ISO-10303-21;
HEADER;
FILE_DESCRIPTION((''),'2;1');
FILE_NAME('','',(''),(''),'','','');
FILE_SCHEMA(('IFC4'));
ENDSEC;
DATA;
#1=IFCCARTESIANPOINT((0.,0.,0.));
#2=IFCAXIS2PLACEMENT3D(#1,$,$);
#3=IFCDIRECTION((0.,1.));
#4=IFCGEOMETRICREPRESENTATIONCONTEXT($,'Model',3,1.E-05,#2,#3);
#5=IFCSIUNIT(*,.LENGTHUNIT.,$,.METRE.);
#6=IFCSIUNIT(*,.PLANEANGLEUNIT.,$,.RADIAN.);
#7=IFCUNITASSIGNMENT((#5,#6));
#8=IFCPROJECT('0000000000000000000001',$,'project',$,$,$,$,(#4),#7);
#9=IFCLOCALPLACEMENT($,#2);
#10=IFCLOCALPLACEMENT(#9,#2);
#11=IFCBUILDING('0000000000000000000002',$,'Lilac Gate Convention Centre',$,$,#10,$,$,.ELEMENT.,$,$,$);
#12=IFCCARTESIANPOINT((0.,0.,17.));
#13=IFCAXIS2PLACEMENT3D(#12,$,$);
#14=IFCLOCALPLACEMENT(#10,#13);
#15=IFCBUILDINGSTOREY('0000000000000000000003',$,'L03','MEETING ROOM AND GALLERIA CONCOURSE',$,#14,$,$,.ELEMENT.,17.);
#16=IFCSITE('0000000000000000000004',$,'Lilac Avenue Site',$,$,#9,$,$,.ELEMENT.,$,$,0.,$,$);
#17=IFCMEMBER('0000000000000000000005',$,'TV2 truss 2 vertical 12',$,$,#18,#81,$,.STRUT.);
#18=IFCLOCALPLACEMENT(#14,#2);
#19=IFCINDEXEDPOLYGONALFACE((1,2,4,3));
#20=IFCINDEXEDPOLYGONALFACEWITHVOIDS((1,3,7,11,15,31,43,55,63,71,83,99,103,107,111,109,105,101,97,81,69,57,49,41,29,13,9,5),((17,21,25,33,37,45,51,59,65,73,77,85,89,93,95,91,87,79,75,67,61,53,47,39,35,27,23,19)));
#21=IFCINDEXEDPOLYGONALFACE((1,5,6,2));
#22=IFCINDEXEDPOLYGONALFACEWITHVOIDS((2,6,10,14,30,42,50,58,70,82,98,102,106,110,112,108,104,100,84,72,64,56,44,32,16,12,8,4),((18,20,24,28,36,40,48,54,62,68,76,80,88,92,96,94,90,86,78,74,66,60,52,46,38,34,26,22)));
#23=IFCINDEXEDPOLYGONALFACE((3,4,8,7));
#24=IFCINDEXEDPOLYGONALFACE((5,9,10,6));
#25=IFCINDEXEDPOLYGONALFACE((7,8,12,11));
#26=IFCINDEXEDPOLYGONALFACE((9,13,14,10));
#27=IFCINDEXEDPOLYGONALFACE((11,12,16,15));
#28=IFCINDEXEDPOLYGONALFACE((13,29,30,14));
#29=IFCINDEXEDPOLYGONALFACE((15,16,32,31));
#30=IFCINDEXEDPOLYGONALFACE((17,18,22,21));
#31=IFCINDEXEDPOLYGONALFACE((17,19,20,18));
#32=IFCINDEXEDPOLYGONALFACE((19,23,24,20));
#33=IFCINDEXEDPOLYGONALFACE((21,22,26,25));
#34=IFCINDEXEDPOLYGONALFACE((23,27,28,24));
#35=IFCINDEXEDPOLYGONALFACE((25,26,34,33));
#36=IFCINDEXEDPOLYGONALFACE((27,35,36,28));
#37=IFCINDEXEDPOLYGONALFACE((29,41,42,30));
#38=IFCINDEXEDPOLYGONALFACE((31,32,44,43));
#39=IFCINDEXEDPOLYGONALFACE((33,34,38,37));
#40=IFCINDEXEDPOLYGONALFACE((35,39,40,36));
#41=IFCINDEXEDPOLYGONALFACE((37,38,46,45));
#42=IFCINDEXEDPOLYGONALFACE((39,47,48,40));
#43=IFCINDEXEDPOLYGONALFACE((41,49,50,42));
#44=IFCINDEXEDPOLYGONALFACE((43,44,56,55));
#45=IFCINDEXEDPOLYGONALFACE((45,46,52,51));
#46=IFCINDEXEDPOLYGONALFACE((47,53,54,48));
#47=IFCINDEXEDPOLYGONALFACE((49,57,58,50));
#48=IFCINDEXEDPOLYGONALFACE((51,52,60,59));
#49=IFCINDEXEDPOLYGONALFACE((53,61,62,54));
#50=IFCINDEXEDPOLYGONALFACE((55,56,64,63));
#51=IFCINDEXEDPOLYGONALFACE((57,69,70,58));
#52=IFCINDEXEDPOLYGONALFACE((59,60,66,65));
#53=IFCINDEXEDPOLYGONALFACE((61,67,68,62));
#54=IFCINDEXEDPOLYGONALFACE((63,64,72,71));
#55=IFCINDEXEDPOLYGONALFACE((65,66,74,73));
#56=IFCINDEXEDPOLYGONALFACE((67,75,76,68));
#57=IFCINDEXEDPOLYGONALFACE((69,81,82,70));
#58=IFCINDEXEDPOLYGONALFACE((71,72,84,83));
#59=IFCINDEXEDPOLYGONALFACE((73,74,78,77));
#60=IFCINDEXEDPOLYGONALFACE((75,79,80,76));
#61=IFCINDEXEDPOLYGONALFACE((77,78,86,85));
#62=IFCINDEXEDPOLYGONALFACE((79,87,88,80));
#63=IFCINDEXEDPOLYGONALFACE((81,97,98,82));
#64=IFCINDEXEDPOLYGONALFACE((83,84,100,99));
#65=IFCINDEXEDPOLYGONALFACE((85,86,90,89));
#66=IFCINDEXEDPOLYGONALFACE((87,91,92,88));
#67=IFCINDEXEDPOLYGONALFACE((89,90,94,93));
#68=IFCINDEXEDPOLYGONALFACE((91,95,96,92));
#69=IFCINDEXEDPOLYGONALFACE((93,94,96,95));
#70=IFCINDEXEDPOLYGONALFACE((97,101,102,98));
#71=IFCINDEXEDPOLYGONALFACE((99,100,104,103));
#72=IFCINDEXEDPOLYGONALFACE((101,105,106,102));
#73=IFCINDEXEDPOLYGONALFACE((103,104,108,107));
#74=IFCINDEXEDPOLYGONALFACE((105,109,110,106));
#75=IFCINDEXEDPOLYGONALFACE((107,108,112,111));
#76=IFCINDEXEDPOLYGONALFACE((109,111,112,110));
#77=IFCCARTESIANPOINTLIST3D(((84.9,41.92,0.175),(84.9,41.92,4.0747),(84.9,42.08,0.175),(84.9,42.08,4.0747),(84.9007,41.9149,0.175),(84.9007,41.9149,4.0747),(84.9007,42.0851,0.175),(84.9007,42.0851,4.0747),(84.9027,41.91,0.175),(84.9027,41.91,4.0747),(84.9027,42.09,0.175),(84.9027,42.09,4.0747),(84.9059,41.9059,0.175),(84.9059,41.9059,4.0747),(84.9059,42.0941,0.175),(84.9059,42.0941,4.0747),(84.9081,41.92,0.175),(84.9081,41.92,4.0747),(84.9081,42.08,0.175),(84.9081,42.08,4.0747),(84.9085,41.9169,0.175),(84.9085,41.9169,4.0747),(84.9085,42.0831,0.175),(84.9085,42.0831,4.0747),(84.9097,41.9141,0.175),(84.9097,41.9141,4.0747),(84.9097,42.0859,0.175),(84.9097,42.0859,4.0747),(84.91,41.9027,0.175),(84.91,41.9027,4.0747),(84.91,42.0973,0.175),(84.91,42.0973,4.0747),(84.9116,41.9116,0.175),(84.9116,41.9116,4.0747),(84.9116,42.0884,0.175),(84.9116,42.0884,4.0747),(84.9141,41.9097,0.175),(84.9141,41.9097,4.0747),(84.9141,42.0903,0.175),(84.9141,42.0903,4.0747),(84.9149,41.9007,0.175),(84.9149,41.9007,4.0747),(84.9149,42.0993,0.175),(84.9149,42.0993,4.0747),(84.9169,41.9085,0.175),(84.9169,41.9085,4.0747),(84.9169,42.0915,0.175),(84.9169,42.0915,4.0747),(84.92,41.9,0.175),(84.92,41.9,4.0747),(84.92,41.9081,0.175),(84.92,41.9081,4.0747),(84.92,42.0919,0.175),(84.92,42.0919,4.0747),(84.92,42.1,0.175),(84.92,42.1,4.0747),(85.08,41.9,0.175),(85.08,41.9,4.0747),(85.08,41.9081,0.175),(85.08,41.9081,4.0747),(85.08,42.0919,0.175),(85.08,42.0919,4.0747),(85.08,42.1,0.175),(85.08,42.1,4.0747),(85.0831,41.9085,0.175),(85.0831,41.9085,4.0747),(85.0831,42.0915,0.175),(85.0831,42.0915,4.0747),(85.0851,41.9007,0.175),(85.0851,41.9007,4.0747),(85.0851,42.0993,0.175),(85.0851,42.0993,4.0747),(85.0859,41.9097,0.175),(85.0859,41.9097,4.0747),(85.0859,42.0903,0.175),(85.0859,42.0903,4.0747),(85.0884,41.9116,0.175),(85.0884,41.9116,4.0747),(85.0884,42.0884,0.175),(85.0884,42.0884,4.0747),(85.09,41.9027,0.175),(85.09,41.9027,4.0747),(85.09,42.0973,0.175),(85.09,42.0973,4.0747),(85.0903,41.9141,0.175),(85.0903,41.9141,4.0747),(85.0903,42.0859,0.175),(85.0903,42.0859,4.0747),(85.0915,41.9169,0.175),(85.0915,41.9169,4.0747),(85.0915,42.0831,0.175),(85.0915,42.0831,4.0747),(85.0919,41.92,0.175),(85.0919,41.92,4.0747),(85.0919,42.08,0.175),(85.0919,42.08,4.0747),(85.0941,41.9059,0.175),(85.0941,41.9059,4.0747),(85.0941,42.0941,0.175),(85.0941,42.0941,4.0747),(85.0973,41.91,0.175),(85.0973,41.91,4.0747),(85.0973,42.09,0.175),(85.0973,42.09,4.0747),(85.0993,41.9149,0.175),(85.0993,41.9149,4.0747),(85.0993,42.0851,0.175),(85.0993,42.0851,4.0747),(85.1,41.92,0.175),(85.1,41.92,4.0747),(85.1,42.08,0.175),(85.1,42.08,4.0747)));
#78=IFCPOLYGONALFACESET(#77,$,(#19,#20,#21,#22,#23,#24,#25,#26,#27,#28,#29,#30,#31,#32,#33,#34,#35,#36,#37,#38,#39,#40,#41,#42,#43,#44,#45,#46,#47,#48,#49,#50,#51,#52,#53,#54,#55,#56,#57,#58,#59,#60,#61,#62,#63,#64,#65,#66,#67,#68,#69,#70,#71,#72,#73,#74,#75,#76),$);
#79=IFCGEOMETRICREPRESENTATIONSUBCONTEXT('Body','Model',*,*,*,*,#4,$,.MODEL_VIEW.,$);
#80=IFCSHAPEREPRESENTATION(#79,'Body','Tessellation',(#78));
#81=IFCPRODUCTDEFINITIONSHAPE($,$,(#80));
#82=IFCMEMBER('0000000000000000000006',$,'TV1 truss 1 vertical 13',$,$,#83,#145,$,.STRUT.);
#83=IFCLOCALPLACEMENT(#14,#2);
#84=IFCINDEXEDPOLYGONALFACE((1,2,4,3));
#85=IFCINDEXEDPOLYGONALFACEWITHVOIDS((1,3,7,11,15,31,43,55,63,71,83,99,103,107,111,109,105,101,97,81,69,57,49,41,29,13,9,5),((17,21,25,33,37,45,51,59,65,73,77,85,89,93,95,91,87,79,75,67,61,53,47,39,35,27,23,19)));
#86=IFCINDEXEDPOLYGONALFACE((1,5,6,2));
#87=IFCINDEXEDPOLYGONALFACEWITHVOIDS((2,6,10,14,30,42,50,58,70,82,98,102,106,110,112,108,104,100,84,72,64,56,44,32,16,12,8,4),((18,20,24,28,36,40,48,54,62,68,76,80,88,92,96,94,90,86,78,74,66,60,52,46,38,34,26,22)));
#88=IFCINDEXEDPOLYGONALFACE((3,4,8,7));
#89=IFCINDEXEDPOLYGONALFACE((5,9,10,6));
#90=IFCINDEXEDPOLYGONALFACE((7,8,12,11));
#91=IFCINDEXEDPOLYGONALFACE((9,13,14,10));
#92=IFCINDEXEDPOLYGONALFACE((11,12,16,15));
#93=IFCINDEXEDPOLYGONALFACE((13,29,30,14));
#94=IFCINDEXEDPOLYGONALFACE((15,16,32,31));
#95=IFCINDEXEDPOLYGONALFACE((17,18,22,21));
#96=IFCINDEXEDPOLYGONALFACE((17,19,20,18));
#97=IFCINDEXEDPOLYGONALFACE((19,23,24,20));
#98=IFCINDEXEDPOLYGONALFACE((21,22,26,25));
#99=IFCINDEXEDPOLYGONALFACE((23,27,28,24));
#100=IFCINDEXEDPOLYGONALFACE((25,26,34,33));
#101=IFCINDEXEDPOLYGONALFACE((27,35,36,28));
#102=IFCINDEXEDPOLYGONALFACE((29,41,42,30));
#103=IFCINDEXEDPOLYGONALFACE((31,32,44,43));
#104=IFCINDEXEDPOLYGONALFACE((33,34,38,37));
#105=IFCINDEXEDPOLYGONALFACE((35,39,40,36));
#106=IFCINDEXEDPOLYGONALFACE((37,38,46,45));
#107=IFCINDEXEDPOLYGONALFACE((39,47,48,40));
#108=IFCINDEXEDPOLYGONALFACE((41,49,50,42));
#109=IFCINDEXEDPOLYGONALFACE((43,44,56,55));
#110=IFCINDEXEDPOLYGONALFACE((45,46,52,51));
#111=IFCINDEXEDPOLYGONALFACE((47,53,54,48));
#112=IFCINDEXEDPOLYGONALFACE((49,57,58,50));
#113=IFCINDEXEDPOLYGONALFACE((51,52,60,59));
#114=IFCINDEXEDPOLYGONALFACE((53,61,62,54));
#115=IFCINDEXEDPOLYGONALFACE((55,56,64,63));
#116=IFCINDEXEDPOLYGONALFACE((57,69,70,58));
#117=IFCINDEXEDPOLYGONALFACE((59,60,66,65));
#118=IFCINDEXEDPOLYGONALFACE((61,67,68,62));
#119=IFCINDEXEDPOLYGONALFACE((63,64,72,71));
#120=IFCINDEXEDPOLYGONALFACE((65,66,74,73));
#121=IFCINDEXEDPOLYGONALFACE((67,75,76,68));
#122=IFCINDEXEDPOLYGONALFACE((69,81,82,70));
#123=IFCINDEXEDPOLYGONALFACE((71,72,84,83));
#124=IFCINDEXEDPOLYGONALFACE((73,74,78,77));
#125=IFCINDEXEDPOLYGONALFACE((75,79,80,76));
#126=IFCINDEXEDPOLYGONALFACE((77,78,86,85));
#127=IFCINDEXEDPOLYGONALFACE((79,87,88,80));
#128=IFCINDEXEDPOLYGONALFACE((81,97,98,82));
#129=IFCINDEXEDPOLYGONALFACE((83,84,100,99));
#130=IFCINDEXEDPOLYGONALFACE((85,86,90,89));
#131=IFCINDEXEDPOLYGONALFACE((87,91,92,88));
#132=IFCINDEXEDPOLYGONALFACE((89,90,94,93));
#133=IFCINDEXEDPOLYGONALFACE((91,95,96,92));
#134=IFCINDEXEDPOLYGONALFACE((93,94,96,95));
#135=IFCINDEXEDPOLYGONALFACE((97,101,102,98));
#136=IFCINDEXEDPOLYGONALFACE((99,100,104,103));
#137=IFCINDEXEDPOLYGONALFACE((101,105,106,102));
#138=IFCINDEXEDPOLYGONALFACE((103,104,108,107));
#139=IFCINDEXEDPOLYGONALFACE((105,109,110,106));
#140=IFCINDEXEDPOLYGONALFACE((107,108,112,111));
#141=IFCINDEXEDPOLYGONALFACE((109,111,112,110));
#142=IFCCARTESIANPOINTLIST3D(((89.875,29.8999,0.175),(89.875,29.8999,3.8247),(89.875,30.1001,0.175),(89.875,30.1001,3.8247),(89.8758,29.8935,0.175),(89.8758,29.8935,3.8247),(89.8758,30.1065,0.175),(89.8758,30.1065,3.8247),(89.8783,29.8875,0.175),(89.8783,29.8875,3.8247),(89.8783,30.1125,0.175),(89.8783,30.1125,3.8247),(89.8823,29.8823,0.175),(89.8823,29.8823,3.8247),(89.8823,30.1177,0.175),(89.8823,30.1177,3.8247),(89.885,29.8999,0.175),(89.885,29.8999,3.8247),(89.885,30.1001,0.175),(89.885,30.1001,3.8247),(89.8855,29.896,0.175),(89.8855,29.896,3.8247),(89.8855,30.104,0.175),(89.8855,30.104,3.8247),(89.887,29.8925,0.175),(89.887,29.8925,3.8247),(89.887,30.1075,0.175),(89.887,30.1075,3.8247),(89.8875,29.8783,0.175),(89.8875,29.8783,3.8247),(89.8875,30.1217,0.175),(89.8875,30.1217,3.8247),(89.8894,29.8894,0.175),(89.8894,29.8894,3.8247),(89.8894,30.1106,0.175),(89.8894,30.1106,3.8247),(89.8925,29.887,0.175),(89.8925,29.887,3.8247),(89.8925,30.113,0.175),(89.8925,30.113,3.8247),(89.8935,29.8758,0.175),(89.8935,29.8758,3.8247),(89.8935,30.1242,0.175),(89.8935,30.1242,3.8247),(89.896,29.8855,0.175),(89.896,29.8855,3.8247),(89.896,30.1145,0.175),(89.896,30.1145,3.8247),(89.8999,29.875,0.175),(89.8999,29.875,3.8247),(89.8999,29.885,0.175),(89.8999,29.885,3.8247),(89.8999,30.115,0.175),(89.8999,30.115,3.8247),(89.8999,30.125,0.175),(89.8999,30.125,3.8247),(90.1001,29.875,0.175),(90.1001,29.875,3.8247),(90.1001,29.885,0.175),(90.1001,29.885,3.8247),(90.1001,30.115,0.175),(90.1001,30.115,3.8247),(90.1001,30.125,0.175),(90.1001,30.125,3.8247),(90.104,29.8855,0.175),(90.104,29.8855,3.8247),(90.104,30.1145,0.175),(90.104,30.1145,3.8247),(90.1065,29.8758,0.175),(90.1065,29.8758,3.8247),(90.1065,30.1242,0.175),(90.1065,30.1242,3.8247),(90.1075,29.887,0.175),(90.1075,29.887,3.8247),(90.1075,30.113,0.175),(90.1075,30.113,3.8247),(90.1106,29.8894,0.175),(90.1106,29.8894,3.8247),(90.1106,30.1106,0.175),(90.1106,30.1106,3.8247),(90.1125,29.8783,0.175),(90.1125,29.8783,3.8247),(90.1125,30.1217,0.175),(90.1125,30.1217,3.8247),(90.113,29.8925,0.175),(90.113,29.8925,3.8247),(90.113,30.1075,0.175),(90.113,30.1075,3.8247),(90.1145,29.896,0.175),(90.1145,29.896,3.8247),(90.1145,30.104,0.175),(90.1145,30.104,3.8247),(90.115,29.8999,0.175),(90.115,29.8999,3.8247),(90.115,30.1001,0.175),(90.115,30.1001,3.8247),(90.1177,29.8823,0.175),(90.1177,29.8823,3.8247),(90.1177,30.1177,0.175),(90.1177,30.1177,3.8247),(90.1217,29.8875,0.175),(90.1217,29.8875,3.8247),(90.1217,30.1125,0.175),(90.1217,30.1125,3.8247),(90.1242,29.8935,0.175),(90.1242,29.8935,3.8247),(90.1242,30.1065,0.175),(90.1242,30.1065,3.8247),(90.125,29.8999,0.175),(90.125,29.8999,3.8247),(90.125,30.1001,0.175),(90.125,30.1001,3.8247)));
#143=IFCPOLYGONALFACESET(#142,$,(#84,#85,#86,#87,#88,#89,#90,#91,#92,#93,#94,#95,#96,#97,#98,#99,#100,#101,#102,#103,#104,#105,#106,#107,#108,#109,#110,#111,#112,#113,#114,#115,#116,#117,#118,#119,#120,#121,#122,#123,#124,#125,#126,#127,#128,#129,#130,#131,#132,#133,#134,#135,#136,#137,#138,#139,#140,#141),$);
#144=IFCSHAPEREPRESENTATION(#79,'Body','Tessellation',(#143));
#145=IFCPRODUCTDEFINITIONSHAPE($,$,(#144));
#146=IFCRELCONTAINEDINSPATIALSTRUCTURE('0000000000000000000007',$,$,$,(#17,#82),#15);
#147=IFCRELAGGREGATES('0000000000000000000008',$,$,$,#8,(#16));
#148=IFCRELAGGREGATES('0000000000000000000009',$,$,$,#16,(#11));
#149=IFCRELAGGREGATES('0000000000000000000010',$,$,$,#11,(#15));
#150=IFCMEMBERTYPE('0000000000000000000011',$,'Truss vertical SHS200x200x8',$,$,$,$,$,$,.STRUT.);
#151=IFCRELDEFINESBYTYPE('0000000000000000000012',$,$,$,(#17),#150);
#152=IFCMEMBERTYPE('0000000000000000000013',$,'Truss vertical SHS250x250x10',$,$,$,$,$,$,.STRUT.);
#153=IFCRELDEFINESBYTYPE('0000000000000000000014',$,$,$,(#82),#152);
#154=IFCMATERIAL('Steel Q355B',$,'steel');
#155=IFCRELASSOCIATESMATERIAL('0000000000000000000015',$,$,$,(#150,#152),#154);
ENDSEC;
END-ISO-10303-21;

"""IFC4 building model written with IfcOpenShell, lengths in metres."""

from ifc_helpers import new_model, si_unit, direction, frame, origin, origin_2d, place, context, subcontext, project, spatial, hollow_rectangle, extrude, material, material_profile, profile_set, type_object, element, save


model = new_model("IFC4")

# Units and contexts
model_context = context("Model", 3, precision=1e-05, world=origin(), true_north=direction((0.0, 1.0)))
body_context = subcontext(model_context, "Body", "Model", "MODEL_VIEW")
ifc_project = project(units=[si_unit("LENGTHUNIT", "METRE"), si_unit("PLANEANGLEUNIT", "RADIAN")], contexts=[model_context])

# Site, building, storey
site_placement = place(None, origin())
site = spatial("IfcSite", under=ifc_project, at=site_placement, Name="Lilac Avenue Site", CompositionType="ELEMENT", RefElevation=0.0)
building_placement = place(site_placement, origin())
building = spatial("IfcBuilding", under=site, at=building_placement, Name="Lilac Gate Convention Centre", CompositionType="ELEMENT")
storey_placement = place(building_placement, frame((0.0, 0.0, 17.0)))
storey = spatial("IfcBuildingStorey", under=building, at=storey_placement, Name="L03", Description="MEETING ROOM AND GALLERIA CONCOURSE", CompositionType="ELEMENT", Elevation=17.0)

# Members
ifc_material_1 = material(Name="Steel Q355B", Category="steel")
ifc_material_profile_1 = material_profile(ifc_material_1, hollow_rectangle(XDim=0.2, YDim=0.2, WallThickness=0.0081, InnerFilletRadius=0.012, OuterFilletRadius=0.02, at=origin_2d()), Name="SHS200x200x8")
ifc_profile_set_1 = profile_set([ifc_material_profile_1], Name="Steel Q355B")
member_type_1 = type_object("IfcMemberType", Name="Truss vertical SHS200x200x8", PredefinedType="STRUT", material=ifc_profile_set_1)
for number, where, z_axis, x_axis, name in (
    (1, (85.0, 42.0, 0.175), (0.0, 0.0, 1.0), (1.0, 0.0, 0.0), "TV2 truss 2 vertical 12"),
):
    element("IfcMember", number, at=place(storey_placement, frame(where, z_axis=z_axis, x_axis=x_axis)), inside=storey, type_object=member_type_1, Name=name, PredefinedType="STRUT", context=body_context, shape_type="SweptSolid", body=[
        extrude(hollow_rectangle(XDim=0.2, YDim=0.2, WallThickness=0.0081, InnerFilletRadius=0.012, OuterFilletRadius=0.02, at=origin_2d()), origin(), (0.0, 0.0, 1.0), 3.8997),
    ])
ifc_material_profile_2 = material_profile(ifc_material_1, hollow_rectangle(XDim=0.25, YDim=0.25, WallThickness=0.01, InnerFilletRadius=0.0149, OuterFilletRadius=0.0249, at=origin_2d()), Name="SHS250x250x10")
ifc_profile_set_2 = profile_set([ifc_material_profile_2], Name="Steel Q355B")
member_type_2 = type_object("IfcMemberType", Name="Truss vertical SHS250x250x10", PredefinedType="STRUT", material=ifc_profile_set_2)
for number, where, z_axis, x_axis, name in (
    (2, (90.0, 30.0, 0.175), (0.0, 0.0, 1.0), (1.0, 0.0, 0.0), "TV1 truss 1 vertical 13"),
):
    element("IfcMember", number, at=place(storey_placement, frame(where, z_axis=z_axis, x_axis=x_axis)), inside=storey, type_object=member_type_2, Name=name, PredefinedType="STRUT", context=body_context, shape_type="SweptSolid", body=[
        extrude(hollow_rectangle(XDim=0.25, YDim=0.25, WallThickness=0.01, InnerFilletRadius=0.0149, OuterFilletRadius=0.0249, at=origin_2d()), origin(), (0.0, 0.0, 1.0), 3.6497),
    ])

save(model, "model.ifc")
